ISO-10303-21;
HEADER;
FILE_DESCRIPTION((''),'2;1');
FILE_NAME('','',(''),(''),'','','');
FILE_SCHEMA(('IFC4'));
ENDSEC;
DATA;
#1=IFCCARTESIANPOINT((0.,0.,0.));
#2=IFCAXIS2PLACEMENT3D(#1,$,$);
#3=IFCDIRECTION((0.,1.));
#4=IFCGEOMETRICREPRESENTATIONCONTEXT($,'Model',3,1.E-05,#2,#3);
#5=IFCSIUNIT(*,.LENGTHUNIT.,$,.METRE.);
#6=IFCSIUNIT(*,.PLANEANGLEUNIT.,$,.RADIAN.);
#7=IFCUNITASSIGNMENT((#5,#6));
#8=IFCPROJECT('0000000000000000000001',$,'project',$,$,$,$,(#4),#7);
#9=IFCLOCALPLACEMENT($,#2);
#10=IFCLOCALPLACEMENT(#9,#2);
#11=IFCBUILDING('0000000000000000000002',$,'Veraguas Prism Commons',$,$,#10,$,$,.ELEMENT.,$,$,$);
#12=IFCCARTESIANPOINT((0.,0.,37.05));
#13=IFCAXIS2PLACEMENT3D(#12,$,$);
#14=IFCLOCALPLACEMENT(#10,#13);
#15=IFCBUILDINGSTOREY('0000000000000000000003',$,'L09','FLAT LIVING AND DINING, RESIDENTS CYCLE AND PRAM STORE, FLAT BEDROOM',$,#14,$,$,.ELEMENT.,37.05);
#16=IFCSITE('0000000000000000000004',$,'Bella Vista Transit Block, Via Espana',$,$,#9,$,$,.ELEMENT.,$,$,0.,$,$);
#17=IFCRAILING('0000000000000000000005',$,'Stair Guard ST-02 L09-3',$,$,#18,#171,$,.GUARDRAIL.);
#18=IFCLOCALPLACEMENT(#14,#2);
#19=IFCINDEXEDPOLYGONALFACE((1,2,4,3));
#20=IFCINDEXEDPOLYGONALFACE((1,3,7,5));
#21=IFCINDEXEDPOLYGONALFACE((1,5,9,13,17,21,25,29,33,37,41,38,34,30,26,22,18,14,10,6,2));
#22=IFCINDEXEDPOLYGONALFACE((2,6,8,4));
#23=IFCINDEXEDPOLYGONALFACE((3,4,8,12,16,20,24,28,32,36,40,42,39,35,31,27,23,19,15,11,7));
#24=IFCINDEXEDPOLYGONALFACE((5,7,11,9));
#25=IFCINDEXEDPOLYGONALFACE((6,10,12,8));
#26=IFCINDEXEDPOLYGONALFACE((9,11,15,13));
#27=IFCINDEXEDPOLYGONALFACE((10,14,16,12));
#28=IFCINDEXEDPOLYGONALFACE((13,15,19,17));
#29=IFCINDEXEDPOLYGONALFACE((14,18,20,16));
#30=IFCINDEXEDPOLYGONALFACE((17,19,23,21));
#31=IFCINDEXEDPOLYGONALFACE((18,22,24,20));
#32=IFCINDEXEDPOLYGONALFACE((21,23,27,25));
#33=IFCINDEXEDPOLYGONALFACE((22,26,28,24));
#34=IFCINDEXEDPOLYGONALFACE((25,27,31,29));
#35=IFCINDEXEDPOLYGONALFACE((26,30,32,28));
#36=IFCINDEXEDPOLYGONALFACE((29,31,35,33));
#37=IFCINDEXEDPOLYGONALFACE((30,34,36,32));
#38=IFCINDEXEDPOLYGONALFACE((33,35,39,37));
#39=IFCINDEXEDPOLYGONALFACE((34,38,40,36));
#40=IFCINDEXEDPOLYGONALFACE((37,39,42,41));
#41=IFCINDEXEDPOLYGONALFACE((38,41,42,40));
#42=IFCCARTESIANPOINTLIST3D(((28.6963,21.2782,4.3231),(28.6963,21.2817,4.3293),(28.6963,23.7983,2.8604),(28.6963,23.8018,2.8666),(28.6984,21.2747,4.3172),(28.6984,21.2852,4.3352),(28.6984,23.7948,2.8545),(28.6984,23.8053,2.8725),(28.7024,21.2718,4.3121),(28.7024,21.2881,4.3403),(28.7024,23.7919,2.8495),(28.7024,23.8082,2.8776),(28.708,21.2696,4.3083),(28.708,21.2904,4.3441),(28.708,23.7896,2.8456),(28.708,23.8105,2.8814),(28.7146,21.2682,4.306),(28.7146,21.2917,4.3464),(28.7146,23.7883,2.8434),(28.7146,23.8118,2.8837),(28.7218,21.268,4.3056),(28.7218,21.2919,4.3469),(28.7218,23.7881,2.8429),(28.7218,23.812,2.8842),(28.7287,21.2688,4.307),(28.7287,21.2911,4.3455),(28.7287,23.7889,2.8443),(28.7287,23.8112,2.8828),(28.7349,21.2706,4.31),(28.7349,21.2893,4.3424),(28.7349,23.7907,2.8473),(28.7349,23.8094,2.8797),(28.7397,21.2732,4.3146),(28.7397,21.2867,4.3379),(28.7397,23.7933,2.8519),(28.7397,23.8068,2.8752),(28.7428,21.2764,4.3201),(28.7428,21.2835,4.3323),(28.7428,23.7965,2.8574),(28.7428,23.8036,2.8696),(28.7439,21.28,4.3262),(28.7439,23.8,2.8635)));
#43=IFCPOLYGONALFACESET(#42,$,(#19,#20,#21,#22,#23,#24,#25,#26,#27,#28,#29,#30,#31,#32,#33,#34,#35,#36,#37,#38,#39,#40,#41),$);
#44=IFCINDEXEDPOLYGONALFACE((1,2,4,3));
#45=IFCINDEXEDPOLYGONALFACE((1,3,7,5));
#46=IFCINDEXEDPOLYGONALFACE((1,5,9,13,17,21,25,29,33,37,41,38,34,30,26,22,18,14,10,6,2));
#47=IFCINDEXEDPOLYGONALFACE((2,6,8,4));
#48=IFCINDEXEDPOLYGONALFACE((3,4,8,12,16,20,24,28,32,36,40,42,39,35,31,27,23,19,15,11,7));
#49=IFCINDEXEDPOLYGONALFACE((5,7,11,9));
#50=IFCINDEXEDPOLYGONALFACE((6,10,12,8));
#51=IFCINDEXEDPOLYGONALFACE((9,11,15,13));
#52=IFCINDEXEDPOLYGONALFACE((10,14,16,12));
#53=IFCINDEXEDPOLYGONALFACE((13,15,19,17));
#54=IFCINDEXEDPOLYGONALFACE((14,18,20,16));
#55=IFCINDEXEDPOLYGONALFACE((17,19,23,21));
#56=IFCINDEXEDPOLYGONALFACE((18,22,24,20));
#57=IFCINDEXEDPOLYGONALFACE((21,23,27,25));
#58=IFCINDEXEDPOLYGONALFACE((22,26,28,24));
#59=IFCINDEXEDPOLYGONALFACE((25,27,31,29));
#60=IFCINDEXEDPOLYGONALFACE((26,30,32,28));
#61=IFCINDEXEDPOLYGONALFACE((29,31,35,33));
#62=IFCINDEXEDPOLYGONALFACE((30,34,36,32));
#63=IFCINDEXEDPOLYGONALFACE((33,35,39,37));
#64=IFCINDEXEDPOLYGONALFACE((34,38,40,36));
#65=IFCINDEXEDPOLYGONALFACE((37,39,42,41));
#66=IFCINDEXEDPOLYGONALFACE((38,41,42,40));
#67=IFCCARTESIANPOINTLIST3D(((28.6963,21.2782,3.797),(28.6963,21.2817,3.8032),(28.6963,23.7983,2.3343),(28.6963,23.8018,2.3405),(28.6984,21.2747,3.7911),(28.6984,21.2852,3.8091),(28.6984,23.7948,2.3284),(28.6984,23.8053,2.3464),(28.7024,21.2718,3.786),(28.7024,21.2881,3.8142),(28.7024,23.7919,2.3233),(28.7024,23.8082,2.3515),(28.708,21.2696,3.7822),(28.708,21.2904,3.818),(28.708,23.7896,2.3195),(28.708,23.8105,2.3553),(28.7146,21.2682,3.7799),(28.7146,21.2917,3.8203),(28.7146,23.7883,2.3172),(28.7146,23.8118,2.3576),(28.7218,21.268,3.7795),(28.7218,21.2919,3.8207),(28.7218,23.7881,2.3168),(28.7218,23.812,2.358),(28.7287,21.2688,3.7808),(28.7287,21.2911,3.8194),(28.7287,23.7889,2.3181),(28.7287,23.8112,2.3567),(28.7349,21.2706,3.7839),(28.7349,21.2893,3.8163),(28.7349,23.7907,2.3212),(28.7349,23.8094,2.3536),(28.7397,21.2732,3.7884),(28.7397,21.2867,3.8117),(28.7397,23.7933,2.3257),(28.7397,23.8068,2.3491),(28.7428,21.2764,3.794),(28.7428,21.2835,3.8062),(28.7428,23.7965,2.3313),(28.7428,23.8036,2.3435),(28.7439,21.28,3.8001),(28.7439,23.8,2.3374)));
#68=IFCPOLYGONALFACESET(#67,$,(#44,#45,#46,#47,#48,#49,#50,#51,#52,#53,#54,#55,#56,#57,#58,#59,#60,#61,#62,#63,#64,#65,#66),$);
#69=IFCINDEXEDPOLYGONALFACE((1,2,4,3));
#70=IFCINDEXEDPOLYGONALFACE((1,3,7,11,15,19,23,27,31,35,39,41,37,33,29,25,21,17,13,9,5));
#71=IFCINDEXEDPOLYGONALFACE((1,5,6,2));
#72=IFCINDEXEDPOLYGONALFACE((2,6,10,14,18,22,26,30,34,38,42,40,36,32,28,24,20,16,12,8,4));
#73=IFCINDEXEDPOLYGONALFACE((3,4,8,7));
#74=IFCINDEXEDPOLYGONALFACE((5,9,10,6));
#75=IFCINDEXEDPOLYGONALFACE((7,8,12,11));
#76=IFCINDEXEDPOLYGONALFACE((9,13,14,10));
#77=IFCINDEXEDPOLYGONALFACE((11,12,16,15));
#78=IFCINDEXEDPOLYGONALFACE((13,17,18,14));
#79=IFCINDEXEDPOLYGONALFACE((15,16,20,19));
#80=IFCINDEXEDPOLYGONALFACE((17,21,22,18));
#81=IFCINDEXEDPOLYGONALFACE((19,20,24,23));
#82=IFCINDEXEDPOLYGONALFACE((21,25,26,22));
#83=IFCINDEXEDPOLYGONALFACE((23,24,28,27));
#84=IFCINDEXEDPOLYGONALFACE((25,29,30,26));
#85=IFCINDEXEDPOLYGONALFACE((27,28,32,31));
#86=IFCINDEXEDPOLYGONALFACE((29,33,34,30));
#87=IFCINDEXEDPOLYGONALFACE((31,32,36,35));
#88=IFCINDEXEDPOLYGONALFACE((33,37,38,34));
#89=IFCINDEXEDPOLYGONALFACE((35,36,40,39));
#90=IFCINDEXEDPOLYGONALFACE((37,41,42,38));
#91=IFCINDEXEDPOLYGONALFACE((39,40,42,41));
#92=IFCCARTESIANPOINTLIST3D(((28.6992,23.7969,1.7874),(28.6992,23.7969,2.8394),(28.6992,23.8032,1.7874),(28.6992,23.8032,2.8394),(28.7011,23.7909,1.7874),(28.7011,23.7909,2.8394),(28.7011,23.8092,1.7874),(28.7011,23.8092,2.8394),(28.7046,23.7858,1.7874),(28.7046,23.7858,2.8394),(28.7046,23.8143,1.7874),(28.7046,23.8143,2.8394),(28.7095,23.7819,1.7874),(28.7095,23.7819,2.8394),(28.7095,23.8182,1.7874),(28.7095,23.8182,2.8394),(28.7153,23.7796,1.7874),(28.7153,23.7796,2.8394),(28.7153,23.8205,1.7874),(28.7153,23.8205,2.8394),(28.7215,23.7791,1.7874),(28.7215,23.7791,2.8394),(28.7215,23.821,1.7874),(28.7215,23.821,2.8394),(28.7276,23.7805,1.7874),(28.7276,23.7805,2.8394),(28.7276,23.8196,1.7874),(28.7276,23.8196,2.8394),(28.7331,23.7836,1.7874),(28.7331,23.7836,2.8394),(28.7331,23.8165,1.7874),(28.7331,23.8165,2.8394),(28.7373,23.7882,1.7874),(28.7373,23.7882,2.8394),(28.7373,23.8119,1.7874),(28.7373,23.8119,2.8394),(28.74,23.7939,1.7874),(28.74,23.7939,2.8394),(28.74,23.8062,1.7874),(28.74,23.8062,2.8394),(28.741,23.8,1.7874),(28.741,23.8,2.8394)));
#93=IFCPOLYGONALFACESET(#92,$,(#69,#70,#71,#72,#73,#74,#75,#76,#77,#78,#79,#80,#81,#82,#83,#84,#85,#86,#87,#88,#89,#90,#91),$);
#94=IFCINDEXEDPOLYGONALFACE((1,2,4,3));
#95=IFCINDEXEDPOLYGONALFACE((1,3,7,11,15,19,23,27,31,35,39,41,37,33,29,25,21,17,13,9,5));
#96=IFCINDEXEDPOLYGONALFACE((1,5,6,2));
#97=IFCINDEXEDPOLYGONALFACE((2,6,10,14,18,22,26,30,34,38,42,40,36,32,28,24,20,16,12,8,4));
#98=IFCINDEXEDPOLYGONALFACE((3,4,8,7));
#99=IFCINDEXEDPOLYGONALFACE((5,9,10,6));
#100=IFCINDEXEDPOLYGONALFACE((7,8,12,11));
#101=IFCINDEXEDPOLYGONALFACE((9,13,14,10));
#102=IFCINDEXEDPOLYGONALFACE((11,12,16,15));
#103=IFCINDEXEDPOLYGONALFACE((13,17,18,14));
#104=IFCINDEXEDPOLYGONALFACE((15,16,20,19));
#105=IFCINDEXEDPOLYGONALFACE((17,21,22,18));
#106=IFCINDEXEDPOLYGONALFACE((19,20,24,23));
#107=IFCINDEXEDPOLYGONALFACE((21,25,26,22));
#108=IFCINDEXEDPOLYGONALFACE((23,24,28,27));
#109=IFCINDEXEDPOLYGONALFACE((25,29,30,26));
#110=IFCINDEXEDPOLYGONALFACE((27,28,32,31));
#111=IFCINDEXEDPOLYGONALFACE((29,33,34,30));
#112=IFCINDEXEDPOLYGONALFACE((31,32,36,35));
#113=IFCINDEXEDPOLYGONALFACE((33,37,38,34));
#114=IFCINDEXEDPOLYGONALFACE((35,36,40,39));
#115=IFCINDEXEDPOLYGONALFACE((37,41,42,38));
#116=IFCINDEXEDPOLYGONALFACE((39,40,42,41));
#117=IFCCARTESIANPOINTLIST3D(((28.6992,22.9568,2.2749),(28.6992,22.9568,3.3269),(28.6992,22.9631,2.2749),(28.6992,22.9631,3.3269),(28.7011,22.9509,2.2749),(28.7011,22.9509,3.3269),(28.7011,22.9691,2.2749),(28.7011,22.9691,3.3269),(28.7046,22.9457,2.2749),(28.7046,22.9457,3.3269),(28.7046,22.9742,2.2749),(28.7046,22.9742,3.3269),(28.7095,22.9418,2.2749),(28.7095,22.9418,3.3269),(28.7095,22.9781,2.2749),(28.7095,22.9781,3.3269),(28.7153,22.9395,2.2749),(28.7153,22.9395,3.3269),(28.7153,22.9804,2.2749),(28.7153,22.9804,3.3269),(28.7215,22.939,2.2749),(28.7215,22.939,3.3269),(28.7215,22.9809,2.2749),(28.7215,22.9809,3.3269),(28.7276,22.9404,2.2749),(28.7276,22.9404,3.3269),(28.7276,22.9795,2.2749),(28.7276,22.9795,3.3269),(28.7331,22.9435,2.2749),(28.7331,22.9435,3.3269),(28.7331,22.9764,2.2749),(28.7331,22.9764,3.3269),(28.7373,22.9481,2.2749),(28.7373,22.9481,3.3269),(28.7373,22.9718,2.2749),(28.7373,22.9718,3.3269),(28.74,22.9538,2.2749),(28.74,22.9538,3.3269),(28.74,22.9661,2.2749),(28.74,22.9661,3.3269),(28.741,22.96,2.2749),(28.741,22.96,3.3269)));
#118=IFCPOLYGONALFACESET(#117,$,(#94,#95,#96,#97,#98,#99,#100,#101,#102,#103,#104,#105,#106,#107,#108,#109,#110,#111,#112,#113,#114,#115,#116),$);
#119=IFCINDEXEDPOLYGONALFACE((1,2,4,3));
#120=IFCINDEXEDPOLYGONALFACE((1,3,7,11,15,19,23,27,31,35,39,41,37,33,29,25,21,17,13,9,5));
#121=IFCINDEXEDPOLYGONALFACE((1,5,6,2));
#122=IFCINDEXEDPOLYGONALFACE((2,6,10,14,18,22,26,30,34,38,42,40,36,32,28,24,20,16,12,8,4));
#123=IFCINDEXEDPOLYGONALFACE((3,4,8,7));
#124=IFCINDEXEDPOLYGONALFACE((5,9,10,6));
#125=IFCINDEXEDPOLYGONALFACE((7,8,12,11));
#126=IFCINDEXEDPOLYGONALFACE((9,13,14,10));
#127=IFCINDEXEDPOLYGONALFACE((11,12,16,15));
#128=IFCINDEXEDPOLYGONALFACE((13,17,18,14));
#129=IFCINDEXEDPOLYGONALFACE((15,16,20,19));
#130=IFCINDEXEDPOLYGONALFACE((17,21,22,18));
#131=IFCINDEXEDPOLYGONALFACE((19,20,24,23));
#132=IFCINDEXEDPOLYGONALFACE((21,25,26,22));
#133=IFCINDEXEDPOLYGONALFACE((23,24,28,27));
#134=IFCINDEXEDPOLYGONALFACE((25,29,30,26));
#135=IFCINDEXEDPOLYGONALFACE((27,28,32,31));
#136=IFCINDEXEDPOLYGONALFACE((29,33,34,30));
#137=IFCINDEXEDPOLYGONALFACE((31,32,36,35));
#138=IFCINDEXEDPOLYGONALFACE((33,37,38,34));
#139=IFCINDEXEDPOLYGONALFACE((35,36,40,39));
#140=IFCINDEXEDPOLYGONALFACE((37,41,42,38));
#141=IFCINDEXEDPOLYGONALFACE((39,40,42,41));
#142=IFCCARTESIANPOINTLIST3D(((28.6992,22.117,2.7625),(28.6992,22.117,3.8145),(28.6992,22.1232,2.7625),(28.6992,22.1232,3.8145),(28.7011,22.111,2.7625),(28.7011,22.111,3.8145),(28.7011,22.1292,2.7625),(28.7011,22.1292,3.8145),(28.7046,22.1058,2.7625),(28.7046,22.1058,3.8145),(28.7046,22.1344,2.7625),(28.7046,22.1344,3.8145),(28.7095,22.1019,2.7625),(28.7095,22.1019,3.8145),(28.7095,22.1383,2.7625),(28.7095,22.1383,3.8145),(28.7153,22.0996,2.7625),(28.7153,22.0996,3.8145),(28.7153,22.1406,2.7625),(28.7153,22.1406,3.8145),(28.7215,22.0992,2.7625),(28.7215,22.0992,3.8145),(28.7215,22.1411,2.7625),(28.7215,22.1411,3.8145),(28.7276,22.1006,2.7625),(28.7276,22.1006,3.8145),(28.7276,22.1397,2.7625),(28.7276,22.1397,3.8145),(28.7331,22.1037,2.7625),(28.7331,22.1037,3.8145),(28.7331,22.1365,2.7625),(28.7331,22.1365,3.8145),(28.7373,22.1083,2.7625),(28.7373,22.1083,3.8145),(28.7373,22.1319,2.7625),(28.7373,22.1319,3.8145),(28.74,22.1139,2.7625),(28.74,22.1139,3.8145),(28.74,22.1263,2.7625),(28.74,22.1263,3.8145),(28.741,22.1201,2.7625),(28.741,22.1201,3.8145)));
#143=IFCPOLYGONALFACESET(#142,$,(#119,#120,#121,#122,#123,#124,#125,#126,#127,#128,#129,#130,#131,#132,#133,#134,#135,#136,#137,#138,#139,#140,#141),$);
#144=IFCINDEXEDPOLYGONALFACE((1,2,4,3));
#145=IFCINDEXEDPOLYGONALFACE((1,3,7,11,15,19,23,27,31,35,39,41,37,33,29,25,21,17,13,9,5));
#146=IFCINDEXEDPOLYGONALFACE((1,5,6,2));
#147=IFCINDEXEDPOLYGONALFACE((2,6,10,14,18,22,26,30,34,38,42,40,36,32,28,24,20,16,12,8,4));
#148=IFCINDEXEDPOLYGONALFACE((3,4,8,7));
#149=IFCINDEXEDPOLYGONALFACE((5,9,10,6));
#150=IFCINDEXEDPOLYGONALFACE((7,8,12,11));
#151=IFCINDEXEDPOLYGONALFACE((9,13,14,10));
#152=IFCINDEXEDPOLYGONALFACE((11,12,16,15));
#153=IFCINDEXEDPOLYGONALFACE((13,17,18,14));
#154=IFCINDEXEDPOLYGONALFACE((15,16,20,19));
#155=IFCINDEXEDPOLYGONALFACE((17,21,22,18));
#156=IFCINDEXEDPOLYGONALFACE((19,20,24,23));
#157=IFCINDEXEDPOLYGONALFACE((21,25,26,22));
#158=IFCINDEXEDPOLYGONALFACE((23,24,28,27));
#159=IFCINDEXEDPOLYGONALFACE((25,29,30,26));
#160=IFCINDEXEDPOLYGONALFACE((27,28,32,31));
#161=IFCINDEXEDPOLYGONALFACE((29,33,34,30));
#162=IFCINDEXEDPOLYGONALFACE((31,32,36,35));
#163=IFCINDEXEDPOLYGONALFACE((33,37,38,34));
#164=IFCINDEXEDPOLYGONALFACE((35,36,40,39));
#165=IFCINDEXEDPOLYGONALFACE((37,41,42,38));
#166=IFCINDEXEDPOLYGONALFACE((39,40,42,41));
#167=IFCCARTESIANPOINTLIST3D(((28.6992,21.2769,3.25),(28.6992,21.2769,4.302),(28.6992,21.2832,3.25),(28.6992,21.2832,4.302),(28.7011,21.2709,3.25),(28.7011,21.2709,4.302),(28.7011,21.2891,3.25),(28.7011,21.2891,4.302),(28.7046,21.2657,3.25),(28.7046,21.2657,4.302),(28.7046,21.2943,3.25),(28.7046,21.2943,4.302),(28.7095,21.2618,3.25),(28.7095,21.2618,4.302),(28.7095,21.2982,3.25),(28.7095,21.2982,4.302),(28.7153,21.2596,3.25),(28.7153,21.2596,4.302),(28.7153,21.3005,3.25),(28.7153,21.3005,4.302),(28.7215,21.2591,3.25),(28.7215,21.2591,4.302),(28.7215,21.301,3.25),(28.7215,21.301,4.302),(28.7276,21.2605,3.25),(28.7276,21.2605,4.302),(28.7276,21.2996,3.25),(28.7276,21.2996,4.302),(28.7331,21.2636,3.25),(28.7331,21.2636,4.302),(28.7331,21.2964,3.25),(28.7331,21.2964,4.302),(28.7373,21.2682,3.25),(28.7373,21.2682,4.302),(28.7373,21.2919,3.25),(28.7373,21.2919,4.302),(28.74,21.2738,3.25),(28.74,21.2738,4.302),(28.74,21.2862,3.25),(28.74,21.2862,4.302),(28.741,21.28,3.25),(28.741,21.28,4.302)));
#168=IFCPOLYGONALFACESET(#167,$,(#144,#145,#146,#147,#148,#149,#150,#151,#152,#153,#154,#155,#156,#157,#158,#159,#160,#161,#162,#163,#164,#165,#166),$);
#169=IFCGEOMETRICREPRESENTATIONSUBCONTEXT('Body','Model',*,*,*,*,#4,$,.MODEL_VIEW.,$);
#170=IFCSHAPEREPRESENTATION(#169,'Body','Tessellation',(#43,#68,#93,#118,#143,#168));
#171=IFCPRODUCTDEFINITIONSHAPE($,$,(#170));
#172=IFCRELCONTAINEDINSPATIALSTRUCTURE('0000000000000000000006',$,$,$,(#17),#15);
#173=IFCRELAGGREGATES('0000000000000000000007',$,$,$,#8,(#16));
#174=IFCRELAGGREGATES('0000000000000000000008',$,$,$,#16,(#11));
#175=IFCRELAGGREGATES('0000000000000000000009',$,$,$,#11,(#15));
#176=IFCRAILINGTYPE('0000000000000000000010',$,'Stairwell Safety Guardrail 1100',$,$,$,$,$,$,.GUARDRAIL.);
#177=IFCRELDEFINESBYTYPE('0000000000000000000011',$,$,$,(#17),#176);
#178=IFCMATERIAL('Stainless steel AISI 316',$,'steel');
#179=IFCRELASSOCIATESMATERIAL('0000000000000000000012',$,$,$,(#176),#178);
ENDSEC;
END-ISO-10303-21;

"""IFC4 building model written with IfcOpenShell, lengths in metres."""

from ifc_helpers import new_model, si_unit, direction, frame, origin, origin_2d, place, context, subcontext, project, spatial, circle, extrude, material, type_object, element, save


model = new_model("IFC4")

# Units and contexts
model_context = context("Model", 3, precision=1e-05, world=origin(), true_north=direction((0.0, 1.0)))
body_context = subcontext(model_context, "Body", "Model", "MODEL_VIEW")
ifc_project = project(units=[si_unit("LENGTHUNIT", "METRE"), si_unit("PLANEANGLEUNIT", "RADIAN")], contexts=[model_context])

# Site, building, storey
site_placement = place(None, origin())
site = spatial("IfcSite", under=ifc_project, at=site_placement, Name="Bella Vista Transit Block, Via Espana", CompositionType="ELEMENT", RefElevation=0.0)
building_placement = place(site_placement, origin())
building = spatial("IfcBuilding", under=site, at=building_placement, Name="Veraguas Prism Commons", CompositionType="ELEMENT")
storey_placement = place(building_placement, frame((0.0, 0.0, 37.05)))
storey = spatial("IfcBuildingStorey", under=building, at=storey_placement, Name="L09", Description="FLAT LIVING AND DINING, RESIDENTS CYCLE AND PRAM STORE, FLAT BEDROOM", CompositionType="ELEMENT", Elevation=37.05)

# Railing
ifc_material_1 = material(Name="Stainless steel AISI 316", Category="steel")
railing_type_1 = type_object("IfcRailingType", Name="Stairwell Safety Guardrail 1100", PredefinedType="GUARDRAIL", material=ifc_material_1)
railing_1_placement = place(storey_placement, frame((28.72, 23.8, 1.7874)))
element("IfcRailing", 1, at=railing_1_placement, inside=storey, type_object=railing_type_1, Name="Stair Guard ST-02 L09-3", PredefinedType="GUARDRAIL", context=body_context, shape_type="SweptSolid", body=[
    extrude(circle(Radius=0.0239, at=origin_2d()), frame((0.0, 0.0, 1.0762), z_axis=(0.0, -0.864877, 0.501984), x_axis=(1.0, 0.0, 0.0)), (0.0, 0.0, 1.0), 2.9138),
    extrude(circle(Radius=0.0239, at=origin_2d()), frame((0.0, 0.0, 0.55), z_axis=(0.0, -0.864877, 0.501984), x_axis=(1.0, 0.0, 0.0)), (0.0, 0.0, 1.0), 2.9138),
    extrude(circle(Radius=0.021, at=origin_2d()), origin(), (0.0, 0.0, 1.0), 1.052),
    extrude(circle(Radius=0.021, at=origin_2d()), frame((0.0, -0.8401, 0.4875)), (0.0, 0.0, 1.0), 1.052),
    extrude(circle(Radius=0.021, at=origin_2d()), frame((0.0, -1.6799, 0.9751)), (0.0, 0.0, 1.0), 1.052),
    extrude(circle(Radius=0.021, at=origin_2d()), frame((0.0, -2.52, 1.4626)), (0.0, 0.0, 1.0), 1.052),
])

save(model, "model.ifc")
